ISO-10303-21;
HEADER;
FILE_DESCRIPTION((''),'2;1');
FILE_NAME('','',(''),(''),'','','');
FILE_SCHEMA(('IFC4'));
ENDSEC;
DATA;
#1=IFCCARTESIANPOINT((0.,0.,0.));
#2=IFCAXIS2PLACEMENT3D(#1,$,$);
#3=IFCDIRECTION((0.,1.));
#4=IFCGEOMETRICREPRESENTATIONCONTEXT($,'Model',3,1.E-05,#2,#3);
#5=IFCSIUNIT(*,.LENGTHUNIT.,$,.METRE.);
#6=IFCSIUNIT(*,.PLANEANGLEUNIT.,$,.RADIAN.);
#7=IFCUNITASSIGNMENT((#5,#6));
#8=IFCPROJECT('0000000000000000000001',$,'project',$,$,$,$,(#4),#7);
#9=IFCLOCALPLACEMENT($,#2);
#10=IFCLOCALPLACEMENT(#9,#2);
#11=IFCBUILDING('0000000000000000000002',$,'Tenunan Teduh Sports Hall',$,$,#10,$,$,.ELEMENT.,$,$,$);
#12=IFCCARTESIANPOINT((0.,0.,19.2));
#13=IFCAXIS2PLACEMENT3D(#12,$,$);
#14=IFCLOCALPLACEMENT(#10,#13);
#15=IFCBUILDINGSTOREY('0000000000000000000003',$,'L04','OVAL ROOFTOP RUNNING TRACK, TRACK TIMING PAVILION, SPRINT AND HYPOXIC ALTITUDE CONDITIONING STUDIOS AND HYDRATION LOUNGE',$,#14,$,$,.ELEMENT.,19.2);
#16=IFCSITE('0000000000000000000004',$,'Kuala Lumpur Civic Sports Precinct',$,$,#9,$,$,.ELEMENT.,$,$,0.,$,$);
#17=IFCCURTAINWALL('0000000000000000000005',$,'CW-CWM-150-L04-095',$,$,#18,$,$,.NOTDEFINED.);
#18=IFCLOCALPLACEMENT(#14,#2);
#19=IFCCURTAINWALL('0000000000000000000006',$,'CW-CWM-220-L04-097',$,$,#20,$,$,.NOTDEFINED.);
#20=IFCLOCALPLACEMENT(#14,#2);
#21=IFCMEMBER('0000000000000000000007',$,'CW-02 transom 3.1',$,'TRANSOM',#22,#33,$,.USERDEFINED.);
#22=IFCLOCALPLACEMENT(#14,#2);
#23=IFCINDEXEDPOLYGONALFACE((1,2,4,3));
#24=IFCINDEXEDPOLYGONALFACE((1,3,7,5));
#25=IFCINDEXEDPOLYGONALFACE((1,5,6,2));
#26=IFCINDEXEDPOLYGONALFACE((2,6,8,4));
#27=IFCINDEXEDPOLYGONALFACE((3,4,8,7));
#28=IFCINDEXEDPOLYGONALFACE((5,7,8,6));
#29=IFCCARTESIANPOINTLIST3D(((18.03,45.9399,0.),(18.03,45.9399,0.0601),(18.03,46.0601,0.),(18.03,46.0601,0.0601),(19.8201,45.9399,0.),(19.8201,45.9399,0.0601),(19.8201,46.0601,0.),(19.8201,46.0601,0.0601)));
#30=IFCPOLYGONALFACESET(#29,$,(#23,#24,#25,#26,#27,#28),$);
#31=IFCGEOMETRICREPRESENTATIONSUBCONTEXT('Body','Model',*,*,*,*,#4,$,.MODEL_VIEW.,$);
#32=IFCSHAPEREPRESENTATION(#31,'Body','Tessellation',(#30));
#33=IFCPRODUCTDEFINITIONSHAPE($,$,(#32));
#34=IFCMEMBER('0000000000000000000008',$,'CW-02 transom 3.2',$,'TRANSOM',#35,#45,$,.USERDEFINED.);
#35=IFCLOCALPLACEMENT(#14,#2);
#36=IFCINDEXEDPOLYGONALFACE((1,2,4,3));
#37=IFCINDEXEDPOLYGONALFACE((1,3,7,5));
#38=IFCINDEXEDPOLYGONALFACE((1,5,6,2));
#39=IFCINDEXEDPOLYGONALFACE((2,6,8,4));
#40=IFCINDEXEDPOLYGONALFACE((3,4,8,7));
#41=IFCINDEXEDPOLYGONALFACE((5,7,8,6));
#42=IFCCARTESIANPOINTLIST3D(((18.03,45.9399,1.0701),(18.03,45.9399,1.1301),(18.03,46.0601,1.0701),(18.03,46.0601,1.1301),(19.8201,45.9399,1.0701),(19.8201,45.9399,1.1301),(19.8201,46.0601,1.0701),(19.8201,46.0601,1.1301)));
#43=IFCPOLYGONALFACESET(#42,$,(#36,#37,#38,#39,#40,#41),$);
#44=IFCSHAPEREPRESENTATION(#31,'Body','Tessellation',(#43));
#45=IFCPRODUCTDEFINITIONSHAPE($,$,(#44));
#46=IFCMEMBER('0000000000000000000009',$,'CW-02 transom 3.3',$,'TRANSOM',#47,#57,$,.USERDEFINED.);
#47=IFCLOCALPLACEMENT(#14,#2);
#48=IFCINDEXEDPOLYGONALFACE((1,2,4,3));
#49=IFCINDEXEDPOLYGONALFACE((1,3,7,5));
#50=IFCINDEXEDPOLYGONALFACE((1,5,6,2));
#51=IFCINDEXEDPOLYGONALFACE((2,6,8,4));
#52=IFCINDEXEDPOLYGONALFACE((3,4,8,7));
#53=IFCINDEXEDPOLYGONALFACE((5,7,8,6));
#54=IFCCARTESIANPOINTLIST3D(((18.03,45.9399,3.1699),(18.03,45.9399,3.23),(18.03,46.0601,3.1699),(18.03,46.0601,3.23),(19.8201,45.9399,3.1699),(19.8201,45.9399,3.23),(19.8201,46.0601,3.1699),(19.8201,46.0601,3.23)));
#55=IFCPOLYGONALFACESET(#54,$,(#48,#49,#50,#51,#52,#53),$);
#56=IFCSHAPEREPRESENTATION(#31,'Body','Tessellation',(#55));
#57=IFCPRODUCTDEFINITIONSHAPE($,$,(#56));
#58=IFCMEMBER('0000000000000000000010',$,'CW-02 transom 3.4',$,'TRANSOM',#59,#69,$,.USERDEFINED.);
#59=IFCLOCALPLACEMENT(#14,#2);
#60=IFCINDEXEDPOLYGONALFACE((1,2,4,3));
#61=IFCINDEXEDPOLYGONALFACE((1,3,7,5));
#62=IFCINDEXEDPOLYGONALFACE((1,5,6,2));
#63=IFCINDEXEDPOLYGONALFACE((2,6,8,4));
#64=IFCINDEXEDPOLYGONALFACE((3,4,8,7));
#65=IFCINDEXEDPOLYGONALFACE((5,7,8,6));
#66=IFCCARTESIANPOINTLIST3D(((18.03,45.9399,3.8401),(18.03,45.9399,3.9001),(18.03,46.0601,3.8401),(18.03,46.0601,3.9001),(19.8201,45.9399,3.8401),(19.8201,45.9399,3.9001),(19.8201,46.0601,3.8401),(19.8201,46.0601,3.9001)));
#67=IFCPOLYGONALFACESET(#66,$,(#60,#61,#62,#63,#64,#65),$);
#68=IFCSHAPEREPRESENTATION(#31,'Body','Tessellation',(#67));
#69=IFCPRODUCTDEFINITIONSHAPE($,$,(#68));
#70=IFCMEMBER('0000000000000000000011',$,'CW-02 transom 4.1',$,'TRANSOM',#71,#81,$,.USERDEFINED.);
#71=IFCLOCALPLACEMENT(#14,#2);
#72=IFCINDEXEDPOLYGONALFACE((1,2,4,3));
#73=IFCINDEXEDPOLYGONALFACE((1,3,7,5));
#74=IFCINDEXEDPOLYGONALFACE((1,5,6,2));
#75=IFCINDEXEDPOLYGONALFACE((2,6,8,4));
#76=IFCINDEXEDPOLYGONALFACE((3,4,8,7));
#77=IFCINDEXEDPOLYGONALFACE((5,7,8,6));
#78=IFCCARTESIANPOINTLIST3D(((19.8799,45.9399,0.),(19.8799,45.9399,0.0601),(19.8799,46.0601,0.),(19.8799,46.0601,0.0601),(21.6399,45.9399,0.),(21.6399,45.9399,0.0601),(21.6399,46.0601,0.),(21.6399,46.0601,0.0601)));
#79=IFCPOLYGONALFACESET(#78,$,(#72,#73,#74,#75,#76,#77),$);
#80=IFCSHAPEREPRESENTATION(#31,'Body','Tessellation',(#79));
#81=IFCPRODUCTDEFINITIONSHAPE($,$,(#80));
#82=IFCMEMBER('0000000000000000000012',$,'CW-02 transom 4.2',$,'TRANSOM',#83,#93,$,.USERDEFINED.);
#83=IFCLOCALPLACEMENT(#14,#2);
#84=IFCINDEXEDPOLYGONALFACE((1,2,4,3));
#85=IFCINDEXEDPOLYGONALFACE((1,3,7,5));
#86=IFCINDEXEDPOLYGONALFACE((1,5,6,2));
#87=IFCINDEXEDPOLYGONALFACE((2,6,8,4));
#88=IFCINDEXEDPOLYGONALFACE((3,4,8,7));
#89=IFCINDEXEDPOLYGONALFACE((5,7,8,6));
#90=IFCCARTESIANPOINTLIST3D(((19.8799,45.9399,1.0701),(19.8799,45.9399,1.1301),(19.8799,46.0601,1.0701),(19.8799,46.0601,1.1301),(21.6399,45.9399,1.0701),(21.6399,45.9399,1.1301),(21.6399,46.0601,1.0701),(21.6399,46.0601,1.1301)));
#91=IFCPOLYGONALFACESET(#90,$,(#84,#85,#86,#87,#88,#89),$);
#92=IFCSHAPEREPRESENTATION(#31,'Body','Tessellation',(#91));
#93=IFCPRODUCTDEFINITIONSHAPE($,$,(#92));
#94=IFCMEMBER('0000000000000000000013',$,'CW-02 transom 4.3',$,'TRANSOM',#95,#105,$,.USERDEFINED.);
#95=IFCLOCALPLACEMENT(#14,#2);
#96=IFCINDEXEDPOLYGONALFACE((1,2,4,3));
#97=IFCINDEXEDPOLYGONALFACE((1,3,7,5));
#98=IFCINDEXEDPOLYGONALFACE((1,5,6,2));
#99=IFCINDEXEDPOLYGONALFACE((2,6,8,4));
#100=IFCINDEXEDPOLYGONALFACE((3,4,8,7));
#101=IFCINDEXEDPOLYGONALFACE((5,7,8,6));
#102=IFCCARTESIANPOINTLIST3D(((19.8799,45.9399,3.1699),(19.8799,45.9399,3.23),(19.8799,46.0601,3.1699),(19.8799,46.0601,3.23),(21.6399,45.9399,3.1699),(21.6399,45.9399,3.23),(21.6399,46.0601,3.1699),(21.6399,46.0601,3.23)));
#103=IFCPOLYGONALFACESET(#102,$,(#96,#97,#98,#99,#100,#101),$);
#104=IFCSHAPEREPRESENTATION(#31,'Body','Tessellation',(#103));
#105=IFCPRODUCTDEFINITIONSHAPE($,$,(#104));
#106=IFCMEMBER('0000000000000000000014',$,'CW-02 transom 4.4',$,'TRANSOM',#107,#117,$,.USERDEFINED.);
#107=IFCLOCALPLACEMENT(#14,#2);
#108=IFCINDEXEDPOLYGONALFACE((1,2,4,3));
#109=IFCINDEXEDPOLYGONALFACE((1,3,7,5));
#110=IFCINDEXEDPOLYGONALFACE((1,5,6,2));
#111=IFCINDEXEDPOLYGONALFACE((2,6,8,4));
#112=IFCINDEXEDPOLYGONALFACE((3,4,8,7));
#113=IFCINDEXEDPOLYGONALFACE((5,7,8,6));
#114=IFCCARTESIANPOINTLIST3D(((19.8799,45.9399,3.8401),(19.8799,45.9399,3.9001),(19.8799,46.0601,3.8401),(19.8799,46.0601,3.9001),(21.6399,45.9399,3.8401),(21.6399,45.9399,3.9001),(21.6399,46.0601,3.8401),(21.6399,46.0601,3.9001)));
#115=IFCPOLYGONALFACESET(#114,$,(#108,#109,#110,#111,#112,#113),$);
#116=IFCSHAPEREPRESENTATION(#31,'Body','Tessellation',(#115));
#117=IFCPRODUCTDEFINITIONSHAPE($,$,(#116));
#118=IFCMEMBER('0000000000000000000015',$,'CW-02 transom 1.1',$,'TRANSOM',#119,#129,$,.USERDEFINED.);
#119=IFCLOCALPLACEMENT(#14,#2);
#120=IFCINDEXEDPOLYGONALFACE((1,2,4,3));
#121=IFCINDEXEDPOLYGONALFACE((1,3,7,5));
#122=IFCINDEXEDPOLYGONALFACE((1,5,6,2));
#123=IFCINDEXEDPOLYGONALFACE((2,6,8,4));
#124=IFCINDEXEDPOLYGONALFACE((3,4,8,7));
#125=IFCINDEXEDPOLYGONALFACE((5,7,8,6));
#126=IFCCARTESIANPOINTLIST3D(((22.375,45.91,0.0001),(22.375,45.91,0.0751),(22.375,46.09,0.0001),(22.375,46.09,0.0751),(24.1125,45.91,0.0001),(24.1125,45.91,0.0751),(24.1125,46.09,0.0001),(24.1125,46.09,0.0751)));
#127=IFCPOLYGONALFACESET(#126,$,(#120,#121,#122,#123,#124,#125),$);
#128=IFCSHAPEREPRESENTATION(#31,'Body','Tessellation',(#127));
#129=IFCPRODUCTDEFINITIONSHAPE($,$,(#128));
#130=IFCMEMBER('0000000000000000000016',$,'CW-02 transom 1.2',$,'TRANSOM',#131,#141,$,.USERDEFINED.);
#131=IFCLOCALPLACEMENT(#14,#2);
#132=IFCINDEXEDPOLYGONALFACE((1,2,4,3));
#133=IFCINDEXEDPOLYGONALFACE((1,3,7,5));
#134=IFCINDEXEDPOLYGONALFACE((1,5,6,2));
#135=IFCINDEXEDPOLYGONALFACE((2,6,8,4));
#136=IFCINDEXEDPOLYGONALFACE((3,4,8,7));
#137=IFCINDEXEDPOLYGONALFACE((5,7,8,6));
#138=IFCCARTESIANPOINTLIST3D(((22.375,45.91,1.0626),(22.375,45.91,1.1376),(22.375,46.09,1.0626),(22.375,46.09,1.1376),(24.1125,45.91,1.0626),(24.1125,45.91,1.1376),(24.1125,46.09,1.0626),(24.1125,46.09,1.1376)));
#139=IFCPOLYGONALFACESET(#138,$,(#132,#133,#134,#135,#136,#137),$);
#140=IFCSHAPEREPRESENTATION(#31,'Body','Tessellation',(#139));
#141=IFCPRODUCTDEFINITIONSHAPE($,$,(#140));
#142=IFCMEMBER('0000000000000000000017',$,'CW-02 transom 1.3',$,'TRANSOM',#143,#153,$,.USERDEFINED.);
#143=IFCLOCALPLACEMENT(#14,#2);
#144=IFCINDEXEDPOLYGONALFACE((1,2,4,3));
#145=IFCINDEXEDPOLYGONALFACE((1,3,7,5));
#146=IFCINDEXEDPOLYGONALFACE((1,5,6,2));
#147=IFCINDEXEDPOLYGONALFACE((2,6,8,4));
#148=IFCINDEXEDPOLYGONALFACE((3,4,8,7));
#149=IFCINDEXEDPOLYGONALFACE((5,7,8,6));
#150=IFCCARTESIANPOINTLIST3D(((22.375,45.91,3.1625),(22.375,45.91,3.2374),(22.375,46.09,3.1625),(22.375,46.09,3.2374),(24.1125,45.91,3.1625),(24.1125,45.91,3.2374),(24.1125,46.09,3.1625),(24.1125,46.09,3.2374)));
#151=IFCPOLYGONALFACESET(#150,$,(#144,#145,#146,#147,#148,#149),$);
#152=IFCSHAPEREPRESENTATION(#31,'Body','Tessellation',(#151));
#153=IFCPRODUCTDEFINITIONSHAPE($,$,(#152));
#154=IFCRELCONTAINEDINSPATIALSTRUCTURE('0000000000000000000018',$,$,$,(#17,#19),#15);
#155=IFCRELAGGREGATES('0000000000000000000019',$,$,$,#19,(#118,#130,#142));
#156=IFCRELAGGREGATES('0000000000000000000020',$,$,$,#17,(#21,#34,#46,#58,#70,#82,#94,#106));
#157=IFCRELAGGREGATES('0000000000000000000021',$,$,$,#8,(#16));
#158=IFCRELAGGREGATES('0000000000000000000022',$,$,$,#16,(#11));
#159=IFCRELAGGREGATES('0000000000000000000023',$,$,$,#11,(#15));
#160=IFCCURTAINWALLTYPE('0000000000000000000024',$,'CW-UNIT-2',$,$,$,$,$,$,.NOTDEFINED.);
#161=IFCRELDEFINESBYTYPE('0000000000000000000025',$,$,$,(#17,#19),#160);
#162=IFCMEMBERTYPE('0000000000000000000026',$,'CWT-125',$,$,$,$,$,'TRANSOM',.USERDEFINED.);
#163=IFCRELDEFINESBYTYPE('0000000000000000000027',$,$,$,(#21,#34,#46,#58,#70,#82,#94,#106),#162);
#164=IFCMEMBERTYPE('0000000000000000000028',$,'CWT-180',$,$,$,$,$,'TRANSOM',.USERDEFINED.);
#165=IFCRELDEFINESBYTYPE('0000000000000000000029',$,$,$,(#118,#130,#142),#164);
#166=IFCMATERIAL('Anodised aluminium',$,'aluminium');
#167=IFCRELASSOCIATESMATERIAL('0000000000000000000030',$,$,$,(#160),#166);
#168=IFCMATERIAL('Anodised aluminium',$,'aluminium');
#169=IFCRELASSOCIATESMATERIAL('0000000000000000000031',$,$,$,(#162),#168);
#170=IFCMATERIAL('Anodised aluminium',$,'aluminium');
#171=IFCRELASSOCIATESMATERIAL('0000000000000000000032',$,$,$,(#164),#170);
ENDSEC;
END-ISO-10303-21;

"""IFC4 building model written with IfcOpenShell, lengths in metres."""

from ifc_helpers import new_model, si_unit, direction, frame, origin, origin_2d, place, context, subcontext, project, spatial, rectangle, extrude, material, material_profile, profile_set, type_object, element, aggregate, save


model = new_model("IFC4")

# Units and contexts
model_context = context("Model", 3, precision=1e-05, world=origin(), true_north=direction((0.0, 1.0)))
body_context = subcontext(model_context, "Body", "Model", "MODEL_VIEW")
ifc_project = project(units=[si_unit("LENGTHUNIT", "METRE"), si_unit("PLANEANGLEUNIT", "RADIAN")], contexts=[model_context])

# Site, building, storey
site_placement = place(None, origin())
site = spatial("IfcSite", under=ifc_project, at=site_placement, Name="Kuala Lumpur Civic Sports Precinct", CompositionType="ELEMENT", RefElevation=0.0)
building_placement = place(site_placement, origin())
building = spatial("IfcBuilding", under=site, at=building_placement, Name="Tenunan Teduh Sports Hall", CompositionType="ELEMENT")
storey_placement = place(building_placement, frame((0.0, 0.0, 19.2)))
storey = spatial("IfcBuildingStorey", under=building, at=storey_placement, Name="L04", Description="OVAL ROOFTOP RUNNING TRACK, TRACK TIMING PAVILION, SPRINT AND HYPOXIC ALTITUDE CONDITIONING STUDIOS AND HYDRATION LOUNGE", CompositionType="ELEMENT", Elevation=19.2)

# Curtain wall
ifc_material_1 = material(Name="Anodised aluminium", Category="aluminium")
curtain_wall_type = type_object("IfcCurtainWallType", Name="CW-UNIT-2", PredefinedType="NOTDEFINED", material=ifc_material_1)
curtain_wall_1_placement = place(storey_placement, origin())
curtain_wall_1 = element("IfcCurtainWall", 1, at=curtain_wall_1_placement, inside=storey, type_object=curtain_wall_type, Name="CW-CWM-150-L04-095", PredefinedType="NOTDEFINED")

# Curtain wall
curtain_wall_2_placement = place(storey_placement, origin())
curtain_wall_2 = element("IfcCurtainWall", 2, at=curtain_wall_2_placement, inside=storey, type_object=curtain_wall_type, Name="CW-CWM-220-L04-097", PredefinedType="NOTDEFINED")

# Members
ifc_material_2 = material(Name="Anodised aluminium", Category="aluminium")
ifc_material_profile_1 = material_profile(ifc_material_2, rectangle(XDim=0.0601, YDim=0.1201, at=origin_2d()), Name="CWT 60x120")
ifc_profile_set_1 = profile_set([ifc_material_profile_1], Name="Anodised aluminium")
member_type_1 = type_object("IfcMemberType", Name="CWT-125", ElementType="TRANSOM", PredefinedType="USERDEFINED", material=ifc_profile_set_1)
member_1_placement = place(storey_placement, frame((18.03, 46.0, 0.03), z_axis=(1.0, 0.0, 0.0), x_axis=(0.0, 0.0, 1.0)))
member_1 = element("IfcMember", 3, at=member_1_placement, type_object=member_type_1, Name="CW-02 transom 3.1", ObjectType="TRANSOM", PredefinedType="USERDEFINED", context=body_context, shape_type="SweptSolid", body=[
    extrude(rectangle(XDim=0.0601, YDim=0.1201, at=origin_2d()), origin(), (0.0, 0.0, 1.0), 1.79),
])
member_2_placement = place(storey_placement, frame((18.03, 46.0, 1.1001), z_axis=(1.0, 0.0, 0.0), x_axis=(0.0, 0.0, 1.0)))
member_2 = element("IfcMember", 4, at=member_2_placement, type_object=member_type_1, Name="CW-02 transom 3.2", ObjectType="TRANSOM", PredefinedType="USERDEFINED", context=body_context, shape_type="SweptSolid", body=[
    extrude(rectangle(XDim=0.0601, YDim=0.1201, at=origin_2d()), origin(), (0.0, 0.0, 1.0), 1.79),
])
member_3_placement = place(storey_placement, frame((18.03, 46.0, 3.2), z_axis=(1.0, 0.0, 0.0), x_axis=(0.0, 0.0, 1.0)))
member_3 = element("IfcMember", 5, at=member_3_placement, type_object=member_type_1, Name="CW-02 transom 3.3", ObjectType="TRANSOM", PredefinedType="USERDEFINED", context=body_context, shape_type="SweptSolid", body=[
    extrude(rectangle(XDim=0.0601, YDim=0.1201, at=origin_2d()), origin(), (0.0, 0.0, 1.0), 1.79),
])
member_4_placement = place(storey_placement, frame((18.03, 46.0, 3.8701), z_axis=(1.0, 0.0, 0.0), x_axis=(0.0, 0.0, 1.0)))
member_4 = element("IfcMember", 6, at=member_4_placement, type_object=member_type_1, Name="CW-02 transom 3.4", ObjectType="TRANSOM", PredefinedType="USERDEFINED", context=body_context, shape_type="SweptSolid", body=[
    extrude(rectangle(XDim=0.0601, YDim=0.1201, at=origin_2d()), origin(), (0.0, 0.0, 1.0), 1.79),
])
member_5_placement = place(storey_placement, frame((19.8799, 46.0, 0.03), z_axis=(1.0, 0.0, 0.0), x_axis=(0.0, 0.0, 1.0)))
member_5 = element("IfcMember", 7, at=member_5_placement, type_object=member_type_1, Name="CW-02 transom 4.1", ObjectType="TRANSOM", PredefinedType="USERDEFINED", context=body_context, shape_type="SweptSolid", body=[
    extrude(rectangle(XDim=0.0601, YDim=0.1201, at=origin_2d()), origin(), (0.0, 0.0, 1.0), 1.76),
])
member_6_placement = place(storey_placement, frame((19.8799, 46.0, 1.1001), z_axis=(1.0, 0.0, 0.0), x_axis=(0.0, 0.0, 1.0)))
member_6 = element("IfcMember", 8, at=member_6_placement, type_object=member_type_1, Name="CW-02 transom 4.2", ObjectType="TRANSOM", PredefinedType="USERDEFINED", context=body_context, shape_type="SweptSolid", body=[
    extrude(rectangle(XDim=0.0601, YDim=0.1201, at=origin_2d()), origin(), (0.0, 0.0, 1.0), 1.76),
])
member_7_placement = place(storey_placement, frame((19.8799, 46.0, 3.2), z_axis=(1.0, 0.0, 0.0), x_axis=(0.0, 0.0, 1.0)))
member_7 = element("IfcMember", 9, at=member_7_placement, type_object=member_type_1, Name="CW-02 transom 4.3", ObjectType="TRANSOM", PredefinedType="USERDEFINED", context=body_context, shape_type="SweptSolid", body=[
    extrude(rectangle(XDim=0.0601, YDim=0.1201, at=origin_2d()), origin(), (0.0, 0.0, 1.0), 1.76),
])
member_8_placement = place(storey_placement, frame((19.8799, 46.0, 3.8701), z_axis=(1.0, 0.0, 0.0), x_axis=(0.0, 0.0, 1.0)))
member_8 = element("IfcMember", 10, at=member_8_placement, type_object=member_type_1, Name="CW-02 transom 4.4", ObjectType="TRANSOM", PredefinedType="USERDEFINED", context=body_context, shape_type="SweptSolid", body=[
    extrude(rectangle(XDim=0.0601, YDim=0.1201, at=origin_2d()), origin(), (0.0, 0.0, 1.0), 1.76),
])
ifc_material_3 = material(Name="Anodised aluminium", Category="aluminium")
ifc_material_profile_2 = material_profile(ifc_material_3, rectangle(XDim=0.075, YDim=0.1799, at=origin_2d()), Name="CWT 75x180")
ifc_profile_set_2 = profile_set([ifc_material_profile_2], Name="Anodised aluminium")
member_type_2 = type_object("IfcMemberType", Name="CWT-180", ElementType="TRANSOM", PredefinedType="USERDEFINED", material=ifc_profile_set_2)
member_9_placement = place(storey_placement, frame((22.375, 46.0, 0.0376), z_axis=(1.0, 0.0, 0.0), x_axis=(0.0, 0.0, 1.0)))
member_9 = element("IfcMember", 11, at=member_9_placement, type_object=member_type_2, Name="CW-02 transom 1.1", ObjectType="TRANSOM", PredefinedType="USERDEFINED", context=body_context, shape_type="SweptSolid", body=[
    extrude(rectangle(XDim=0.075, YDim=0.1799, at=origin_2d()), origin(), (0.0, 0.0, 1.0), 1.7375),
])
member_10_placement = place(storey_placement, frame((22.375, 46.0, 1.1001), z_axis=(1.0, 0.0, 0.0), x_axis=(0.0, 0.0, 1.0)))
member_10 = element("IfcMember", 12, at=member_10_placement, type_object=member_type_2, Name="CW-02 transom 1.2", ObjectType="TRANSOM", PredefinedType="USERDEFINED", context=body_context, shape_type="SweptSolid", body=[
    extrude(rectangle(XDim=0.075, YDim=0.1799, at=origin_2d()), origin(), (0.0, 0.0, 1.0), 1.7375),
])
member_11_placement = place(storey_placement, frame((22.375, 46.0, 3.2), z_axis=(1.0, 0.0, 0.0), x_axis=(0.0, 0.0, 1.0)))
member_11 = element("IfcMember", 13, at=member_11_placement, type_object=member_type_2, Name="CW-02 transom 1.3", ObjectType="TRANSOM", PredefinedType="USERDEFINED", context=body_context, shape_type="SweptSolid", body=[
    extrude(rectangle(XDim=0.075, YDim=0.1799, at=origin_2d()), origin(), (0.0, 0.0, 1.0), 1.7375),
])
aggregate(curtain_wall_2, [member_9, member_10, member_11])

aggregate(curtain_wall_1, [member_1, member_2, member_3, member_4, member_5, member_6, member_7, member_8])

save(model, "model.ifc")
